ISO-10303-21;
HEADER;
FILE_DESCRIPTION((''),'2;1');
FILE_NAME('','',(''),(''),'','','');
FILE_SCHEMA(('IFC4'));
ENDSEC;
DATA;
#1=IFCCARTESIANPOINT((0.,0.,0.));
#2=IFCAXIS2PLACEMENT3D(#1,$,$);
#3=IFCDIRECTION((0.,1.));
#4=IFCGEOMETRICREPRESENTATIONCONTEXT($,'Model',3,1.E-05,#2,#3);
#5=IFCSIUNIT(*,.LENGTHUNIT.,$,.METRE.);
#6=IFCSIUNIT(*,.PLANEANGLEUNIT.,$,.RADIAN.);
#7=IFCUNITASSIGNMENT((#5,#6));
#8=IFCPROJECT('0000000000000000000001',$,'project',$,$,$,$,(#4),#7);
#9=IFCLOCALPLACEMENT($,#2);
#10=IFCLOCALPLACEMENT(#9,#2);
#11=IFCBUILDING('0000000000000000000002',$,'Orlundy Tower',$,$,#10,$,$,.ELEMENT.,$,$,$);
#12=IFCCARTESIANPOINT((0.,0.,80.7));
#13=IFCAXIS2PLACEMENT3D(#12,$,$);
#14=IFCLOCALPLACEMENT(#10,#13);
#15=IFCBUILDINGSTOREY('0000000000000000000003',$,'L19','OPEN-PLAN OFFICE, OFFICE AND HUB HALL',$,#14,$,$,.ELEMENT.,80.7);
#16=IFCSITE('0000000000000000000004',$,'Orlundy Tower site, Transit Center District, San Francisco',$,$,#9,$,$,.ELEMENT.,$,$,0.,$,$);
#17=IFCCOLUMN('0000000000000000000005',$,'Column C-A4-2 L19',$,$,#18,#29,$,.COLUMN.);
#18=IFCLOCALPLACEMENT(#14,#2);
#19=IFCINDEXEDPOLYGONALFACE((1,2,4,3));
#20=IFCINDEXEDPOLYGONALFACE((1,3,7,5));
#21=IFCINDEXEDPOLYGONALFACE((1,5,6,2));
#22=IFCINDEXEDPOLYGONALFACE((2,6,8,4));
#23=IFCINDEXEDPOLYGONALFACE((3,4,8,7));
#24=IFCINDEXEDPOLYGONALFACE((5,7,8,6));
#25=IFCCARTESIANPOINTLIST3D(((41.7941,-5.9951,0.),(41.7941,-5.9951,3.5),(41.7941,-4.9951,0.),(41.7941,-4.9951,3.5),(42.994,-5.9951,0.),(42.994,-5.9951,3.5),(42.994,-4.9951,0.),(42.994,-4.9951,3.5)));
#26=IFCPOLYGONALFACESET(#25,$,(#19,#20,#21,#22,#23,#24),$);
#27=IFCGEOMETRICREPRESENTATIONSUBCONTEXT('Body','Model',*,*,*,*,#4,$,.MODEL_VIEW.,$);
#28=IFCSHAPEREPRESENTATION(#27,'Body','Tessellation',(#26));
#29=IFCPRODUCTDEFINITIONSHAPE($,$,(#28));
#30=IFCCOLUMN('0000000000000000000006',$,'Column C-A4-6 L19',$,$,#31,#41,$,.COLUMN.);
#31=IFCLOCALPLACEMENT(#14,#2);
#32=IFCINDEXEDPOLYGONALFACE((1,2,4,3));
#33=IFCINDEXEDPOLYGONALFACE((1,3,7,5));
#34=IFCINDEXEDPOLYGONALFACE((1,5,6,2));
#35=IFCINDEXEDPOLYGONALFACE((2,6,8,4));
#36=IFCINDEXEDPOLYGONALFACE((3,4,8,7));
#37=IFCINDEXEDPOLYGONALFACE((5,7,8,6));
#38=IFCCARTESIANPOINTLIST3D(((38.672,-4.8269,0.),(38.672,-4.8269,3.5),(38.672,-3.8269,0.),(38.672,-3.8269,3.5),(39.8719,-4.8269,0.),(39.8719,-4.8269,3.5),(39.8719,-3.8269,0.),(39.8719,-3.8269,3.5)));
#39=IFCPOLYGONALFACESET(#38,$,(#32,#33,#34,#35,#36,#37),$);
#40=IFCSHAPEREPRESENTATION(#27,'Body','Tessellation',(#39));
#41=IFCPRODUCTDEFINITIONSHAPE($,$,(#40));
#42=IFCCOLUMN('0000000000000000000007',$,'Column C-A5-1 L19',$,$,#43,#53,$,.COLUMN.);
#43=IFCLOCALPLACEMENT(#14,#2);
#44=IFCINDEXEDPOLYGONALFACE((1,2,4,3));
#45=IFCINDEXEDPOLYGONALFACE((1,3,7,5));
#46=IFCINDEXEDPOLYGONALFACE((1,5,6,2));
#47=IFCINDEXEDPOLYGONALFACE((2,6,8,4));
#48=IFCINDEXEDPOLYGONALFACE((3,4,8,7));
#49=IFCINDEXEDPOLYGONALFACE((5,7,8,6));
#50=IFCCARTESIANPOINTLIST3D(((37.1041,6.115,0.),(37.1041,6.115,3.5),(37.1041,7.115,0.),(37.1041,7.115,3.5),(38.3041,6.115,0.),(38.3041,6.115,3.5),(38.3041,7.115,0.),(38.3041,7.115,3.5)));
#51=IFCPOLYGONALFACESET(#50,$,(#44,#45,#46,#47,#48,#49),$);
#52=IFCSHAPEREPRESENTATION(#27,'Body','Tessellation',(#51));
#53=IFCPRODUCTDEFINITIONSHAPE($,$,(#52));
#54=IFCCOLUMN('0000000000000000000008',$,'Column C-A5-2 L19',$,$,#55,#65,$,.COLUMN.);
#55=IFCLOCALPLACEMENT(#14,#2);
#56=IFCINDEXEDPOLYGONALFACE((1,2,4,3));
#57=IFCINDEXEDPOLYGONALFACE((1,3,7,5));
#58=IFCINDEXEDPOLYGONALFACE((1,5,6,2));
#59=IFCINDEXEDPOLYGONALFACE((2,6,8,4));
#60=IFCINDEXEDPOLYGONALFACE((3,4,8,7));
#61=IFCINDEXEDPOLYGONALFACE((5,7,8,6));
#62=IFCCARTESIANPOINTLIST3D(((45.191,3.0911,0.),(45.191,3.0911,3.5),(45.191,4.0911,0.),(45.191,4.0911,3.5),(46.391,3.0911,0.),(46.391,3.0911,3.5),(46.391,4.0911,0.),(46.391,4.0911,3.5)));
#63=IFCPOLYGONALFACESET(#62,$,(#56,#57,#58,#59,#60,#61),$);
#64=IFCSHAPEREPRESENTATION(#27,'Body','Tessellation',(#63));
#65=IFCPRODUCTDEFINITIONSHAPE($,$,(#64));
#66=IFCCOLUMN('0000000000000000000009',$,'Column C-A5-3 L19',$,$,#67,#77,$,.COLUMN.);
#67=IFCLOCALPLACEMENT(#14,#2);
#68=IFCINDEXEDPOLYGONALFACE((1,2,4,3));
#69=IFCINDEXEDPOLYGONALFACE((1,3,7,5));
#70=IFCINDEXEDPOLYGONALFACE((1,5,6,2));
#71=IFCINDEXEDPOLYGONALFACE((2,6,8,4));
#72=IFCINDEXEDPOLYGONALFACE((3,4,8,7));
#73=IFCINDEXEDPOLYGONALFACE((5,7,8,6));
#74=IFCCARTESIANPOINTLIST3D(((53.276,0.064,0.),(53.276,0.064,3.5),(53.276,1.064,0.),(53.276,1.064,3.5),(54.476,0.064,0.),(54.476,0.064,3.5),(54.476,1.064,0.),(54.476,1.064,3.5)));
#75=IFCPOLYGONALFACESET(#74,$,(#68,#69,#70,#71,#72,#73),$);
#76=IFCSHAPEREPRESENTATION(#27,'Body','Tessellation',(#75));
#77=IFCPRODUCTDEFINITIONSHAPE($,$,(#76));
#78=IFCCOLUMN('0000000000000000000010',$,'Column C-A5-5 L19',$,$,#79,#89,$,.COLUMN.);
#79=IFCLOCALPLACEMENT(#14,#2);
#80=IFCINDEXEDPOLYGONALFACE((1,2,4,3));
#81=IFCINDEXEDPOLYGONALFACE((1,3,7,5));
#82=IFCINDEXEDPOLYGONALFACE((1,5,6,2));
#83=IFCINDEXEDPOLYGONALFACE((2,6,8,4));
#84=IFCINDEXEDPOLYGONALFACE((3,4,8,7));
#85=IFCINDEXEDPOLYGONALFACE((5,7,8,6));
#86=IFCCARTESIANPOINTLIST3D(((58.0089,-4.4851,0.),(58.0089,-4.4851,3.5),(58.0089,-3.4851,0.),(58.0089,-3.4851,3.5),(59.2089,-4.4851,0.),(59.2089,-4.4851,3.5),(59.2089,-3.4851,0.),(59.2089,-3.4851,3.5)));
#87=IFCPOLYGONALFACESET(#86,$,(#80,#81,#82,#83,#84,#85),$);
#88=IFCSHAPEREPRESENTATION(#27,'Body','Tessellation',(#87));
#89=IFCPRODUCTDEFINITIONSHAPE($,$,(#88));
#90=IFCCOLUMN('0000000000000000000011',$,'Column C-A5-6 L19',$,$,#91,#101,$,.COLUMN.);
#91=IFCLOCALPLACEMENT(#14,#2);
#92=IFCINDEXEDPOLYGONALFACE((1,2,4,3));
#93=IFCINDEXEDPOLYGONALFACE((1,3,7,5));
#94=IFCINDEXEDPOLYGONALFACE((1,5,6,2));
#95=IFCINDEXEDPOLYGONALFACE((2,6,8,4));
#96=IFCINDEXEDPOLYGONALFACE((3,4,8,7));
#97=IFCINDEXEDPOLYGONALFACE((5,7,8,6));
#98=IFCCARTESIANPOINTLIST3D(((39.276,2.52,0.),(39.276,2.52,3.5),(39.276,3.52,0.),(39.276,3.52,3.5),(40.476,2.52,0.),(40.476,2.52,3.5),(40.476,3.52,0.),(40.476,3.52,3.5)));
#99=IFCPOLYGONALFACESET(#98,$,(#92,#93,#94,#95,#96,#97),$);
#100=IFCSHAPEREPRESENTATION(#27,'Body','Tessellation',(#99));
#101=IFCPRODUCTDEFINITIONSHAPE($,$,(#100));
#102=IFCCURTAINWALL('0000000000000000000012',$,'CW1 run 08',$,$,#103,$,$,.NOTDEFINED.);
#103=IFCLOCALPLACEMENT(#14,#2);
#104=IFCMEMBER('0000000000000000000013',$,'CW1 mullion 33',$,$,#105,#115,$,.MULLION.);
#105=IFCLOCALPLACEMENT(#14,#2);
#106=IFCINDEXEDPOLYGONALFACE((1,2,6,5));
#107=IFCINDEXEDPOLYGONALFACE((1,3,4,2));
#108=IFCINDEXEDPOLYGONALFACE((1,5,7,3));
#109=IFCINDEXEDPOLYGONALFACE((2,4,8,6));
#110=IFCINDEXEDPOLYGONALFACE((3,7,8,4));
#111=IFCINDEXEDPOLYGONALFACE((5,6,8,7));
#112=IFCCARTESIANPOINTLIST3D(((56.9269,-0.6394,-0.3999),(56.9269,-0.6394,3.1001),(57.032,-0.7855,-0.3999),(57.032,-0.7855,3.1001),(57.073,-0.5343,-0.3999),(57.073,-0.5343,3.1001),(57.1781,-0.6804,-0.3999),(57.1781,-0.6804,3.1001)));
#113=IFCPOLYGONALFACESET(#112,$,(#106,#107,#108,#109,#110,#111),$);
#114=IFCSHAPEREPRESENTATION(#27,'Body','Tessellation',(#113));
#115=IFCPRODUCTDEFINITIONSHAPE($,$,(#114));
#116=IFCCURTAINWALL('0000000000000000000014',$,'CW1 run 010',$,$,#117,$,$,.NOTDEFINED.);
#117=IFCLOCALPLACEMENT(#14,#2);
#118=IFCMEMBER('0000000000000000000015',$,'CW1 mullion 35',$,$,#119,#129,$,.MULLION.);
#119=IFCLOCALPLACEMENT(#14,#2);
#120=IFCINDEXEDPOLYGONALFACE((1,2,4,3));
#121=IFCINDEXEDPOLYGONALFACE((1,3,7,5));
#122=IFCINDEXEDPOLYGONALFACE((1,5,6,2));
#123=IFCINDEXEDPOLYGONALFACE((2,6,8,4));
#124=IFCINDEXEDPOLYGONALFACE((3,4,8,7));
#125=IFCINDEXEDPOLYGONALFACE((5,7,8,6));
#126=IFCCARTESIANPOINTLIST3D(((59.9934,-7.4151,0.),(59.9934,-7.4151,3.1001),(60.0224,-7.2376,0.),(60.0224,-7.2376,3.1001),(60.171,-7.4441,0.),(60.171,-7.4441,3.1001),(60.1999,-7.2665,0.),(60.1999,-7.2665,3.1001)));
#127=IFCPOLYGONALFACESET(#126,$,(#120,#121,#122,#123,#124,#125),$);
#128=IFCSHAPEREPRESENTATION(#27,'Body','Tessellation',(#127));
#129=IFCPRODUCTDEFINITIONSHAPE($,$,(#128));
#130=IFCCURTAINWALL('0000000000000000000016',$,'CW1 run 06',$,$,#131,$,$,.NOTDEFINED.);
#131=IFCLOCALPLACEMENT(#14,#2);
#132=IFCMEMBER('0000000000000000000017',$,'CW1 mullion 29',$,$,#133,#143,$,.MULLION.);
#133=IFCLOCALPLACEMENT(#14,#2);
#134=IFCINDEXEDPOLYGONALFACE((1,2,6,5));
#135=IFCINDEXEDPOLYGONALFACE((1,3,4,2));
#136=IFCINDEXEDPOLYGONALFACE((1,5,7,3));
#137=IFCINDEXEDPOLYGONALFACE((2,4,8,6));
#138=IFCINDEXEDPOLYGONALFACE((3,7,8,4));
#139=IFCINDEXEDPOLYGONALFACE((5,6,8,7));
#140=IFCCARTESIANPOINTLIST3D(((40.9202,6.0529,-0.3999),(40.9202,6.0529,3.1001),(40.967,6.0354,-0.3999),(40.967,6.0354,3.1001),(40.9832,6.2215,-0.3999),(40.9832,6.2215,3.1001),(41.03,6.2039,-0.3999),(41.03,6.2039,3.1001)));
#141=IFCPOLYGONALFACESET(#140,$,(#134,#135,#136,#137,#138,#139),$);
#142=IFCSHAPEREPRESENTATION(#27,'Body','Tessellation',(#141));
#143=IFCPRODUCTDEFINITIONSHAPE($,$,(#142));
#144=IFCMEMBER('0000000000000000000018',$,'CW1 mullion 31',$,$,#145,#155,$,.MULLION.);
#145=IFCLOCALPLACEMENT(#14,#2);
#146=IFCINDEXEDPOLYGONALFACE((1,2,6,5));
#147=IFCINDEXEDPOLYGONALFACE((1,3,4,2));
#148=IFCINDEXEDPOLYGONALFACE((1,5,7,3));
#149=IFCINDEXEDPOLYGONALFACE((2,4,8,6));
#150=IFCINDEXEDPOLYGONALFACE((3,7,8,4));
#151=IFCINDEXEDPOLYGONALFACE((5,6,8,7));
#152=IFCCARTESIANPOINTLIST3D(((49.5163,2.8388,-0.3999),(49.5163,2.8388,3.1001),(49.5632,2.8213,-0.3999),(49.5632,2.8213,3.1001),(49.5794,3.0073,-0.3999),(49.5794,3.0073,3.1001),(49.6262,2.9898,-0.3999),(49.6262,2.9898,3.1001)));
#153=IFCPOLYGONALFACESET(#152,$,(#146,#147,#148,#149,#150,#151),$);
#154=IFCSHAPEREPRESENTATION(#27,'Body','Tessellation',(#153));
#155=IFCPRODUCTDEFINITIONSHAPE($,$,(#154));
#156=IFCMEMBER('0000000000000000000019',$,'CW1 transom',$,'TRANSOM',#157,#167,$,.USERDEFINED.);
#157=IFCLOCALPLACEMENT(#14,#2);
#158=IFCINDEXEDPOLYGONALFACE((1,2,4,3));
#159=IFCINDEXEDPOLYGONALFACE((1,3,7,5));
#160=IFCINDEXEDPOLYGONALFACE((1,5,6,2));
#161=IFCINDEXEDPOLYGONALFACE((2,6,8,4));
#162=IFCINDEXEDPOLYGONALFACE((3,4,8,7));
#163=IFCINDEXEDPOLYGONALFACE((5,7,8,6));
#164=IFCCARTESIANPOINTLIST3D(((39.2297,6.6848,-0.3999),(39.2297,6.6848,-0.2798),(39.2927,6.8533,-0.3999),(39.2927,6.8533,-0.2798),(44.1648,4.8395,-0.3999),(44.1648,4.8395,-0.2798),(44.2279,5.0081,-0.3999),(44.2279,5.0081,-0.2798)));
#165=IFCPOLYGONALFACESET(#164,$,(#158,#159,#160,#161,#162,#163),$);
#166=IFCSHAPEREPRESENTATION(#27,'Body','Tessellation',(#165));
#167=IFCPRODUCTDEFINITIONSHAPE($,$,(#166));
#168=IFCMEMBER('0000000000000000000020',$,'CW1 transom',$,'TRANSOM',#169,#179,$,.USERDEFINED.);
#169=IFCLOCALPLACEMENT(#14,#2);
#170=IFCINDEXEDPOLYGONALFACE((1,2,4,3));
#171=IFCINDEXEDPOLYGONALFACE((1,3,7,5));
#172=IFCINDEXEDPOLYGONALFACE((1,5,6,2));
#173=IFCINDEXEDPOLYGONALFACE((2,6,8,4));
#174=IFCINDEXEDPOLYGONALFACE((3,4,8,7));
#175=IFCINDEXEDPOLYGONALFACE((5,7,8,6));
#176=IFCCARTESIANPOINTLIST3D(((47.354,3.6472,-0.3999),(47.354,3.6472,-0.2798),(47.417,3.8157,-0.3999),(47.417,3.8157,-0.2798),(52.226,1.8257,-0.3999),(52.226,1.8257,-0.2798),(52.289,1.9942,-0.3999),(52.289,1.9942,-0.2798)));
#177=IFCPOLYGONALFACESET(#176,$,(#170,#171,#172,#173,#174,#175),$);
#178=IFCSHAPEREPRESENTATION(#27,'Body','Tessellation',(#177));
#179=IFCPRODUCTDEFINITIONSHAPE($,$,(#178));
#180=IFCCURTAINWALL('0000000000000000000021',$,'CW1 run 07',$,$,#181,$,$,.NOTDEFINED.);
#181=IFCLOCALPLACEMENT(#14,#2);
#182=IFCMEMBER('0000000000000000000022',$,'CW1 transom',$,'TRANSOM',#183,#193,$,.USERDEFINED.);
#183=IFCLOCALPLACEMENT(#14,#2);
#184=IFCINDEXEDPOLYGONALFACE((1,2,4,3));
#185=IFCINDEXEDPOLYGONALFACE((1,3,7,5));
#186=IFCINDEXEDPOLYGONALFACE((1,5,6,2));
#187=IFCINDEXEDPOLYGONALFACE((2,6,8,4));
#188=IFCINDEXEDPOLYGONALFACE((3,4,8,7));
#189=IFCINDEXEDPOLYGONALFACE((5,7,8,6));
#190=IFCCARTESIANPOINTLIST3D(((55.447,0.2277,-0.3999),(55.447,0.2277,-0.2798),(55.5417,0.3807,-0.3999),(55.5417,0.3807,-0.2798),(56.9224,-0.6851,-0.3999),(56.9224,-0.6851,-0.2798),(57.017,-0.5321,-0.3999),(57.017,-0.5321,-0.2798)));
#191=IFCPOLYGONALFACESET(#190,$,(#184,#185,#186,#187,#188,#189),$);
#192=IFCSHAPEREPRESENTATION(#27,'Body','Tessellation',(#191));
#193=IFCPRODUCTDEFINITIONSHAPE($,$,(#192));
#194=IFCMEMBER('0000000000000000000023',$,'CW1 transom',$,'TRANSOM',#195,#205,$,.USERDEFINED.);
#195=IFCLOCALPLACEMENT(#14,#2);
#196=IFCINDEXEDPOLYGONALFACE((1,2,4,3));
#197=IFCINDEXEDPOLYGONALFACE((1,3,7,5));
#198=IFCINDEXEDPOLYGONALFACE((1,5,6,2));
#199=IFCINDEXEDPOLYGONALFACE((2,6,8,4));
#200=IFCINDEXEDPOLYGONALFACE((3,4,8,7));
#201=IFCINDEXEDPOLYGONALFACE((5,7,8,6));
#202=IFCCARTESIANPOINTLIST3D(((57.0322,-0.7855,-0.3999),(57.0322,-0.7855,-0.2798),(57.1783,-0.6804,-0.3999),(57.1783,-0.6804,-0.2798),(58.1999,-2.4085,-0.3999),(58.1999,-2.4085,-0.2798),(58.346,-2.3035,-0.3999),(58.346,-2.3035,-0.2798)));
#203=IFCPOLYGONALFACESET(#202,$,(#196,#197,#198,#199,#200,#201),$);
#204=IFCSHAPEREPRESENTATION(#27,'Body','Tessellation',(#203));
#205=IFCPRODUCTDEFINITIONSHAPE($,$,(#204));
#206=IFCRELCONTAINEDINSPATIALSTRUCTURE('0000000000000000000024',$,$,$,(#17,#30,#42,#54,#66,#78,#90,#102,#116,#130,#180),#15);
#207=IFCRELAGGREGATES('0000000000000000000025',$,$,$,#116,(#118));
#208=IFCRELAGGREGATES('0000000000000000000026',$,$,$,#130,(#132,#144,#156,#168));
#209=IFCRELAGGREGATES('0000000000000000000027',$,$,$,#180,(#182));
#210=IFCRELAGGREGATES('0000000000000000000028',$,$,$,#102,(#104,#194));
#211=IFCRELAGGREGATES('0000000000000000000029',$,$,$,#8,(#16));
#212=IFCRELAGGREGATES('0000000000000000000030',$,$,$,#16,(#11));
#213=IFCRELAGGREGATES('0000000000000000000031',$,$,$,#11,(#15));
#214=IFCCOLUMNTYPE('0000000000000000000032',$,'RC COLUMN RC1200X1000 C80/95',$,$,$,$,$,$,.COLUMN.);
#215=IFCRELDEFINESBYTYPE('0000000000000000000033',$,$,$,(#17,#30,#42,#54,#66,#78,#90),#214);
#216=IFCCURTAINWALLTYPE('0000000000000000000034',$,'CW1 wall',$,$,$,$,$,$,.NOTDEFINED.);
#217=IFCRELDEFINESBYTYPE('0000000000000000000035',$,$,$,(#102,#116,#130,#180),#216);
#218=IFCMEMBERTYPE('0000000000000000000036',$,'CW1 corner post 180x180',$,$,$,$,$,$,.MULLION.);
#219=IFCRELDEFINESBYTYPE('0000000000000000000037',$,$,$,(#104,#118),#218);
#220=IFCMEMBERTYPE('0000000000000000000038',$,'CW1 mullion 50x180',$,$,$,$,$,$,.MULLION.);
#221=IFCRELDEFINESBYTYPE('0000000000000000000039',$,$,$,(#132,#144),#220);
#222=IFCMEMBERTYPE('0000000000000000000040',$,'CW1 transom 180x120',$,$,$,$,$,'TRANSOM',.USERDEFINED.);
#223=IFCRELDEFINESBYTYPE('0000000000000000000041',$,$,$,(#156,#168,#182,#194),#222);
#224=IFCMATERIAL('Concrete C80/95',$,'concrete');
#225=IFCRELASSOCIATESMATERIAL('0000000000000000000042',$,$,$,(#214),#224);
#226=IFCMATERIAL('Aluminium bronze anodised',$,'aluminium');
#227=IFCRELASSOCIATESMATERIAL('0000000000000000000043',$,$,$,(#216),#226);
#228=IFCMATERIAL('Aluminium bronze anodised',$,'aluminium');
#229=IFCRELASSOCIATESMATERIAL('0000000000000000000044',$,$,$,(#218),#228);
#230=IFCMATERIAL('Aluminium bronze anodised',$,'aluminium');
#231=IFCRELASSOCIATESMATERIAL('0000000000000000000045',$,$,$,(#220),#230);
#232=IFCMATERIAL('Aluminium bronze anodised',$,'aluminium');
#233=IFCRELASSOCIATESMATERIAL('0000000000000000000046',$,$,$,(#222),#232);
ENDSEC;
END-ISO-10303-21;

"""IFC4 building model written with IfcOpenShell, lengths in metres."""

from ifc_helpers import new_model, si_unit, direction, frame, origin, origin_2d, place, context, subcontext, project, spatial, rectangle, extrude, material, material_profile, profile_set, type_object, element, aggregate, save


model = new_model("IFC4")

# Units and contexts
model_context = context("Model", 3, precision=1e-05, world=origin(), true_north=direction((0.0, 1.0)))
body_context = subcontext(model_context, "Body", "Model", "MODEL_VIEW")
ifc_project = project(units=[si_unit("LENGTHUNIT", "METRE"), si_unit("PLANEANGLEUNIT", "RADIAN")], contexts=[model_context])

# Site, building, storey
site_placement = place(None, origin())
site = spatial("IfcSite", under=ifc_project, at=site_placement, Name="Orlundy Tower site, Transit Center District, San Francisco", CompositionType="ELEMENT", RefElevation=0.0)
building_placement = place(site_placement, origin())
building = spatial("IfcBuilding", under=site, at=building_placement, Name="Orlundy Tower", CompositionType="ELEMENT")
storey_placement = place(building_placement, frame((0.0, 0.0, 80.7)))
storey = spatial("IfcBuildingStorey", under=building, at=storey_placement, Name="L19", Description="OPEN-PLAN OFFICE, OFFICE AND HUB HALL", CompositionType="ELEMENT", Elevation=80.7)

# Columns
ifc_material_1 = material(Name="Concrete C80/95", Category="concrete")
ifc_material_profile_1 = material_profile(ifc_material_1, rectangle(XDim=1.2, YDim=1.0, at=origin_2d()), Name="RC1200X1000")
ifc_profile_set_1 = profile_set([ifc_material_profile_1], Name="Concrete C80/95")
column_type = type_object("IfcColumnType", Name="RC COLUMN RC1200X1000 C80/95", PredefinedType="COLUMN", material=ifc_profile_set_1)
for number, where, z_axis, x_axis, name in (
    (1, (42.394, -5.4951, 0.0), (0.0, 0.0, 1.0), (1.0, 0.0, 0.0), "Column C-A4-2 L19"),
    (2, (39.272, -4.3269, 0.0), (0.0, 0.0, 1.0), (1.0, 0.0, 0.0), "Column C-A4-6 L19"),
    (3, (37.7041, 6.615, 0.0), (0.0, 0.0, 1.0), (1.0, 0.0, 0.0), "Column C-A5-1 L19"),
    (4, (45.791, 3.5911, 0.0), (0.0, 0.0, 1.0), (1.0, 0.0, 0.0), "Column C-A5-2 L19"),
    (5, (53.876, 0.564, 0.0), (0.0, 0.0, 1.0), (1.0, 0.0, 0.0), "Column C-A5-3 L19"),
    (6, (58.6089, -3.9851, 0.0), (0.0, 0.0, 1.0), (1.0, 0.0, 0.0), "Column C-A5-5 L19"),
    (7, (39.876, 3.02, 0.0), (0.0, 0.0, 1.0), (1.0, 0.0, 0.0), "Column C-A5-6 L19"),
):
    element("IfcColumn", number, at=place(storey_placement, frame(where, z_axis=z_axis, x_axis=x_axis)), inside=storey, type_object=column_type, Name=name, PredefinedType="COLUMN", context=body_context, shape_type="SweptSolid", body=[
        extrude(rectangle(XDim=1.2, YDim=1.0, at=origin_2d()), origin(), (0.0, 0.0, 1.0), 3.5),
    ])

# Curtain walls, members
ifc_material_2 = material(Name="Aluminium bronze anodised", Category="aluminium")
curtain_wall_type = type_object("IfcCurtainWallType", Name="CW1 wall", PredefinedType="NOTDEFINED", material=ifc_material_2)
curtain_wall_1_placement = place(storey_placement, origin())
curtain_wall_1 = element("IfcCurtainWall", 8, at=curtain_wall_1_placement, inside=storey, type_object=curtain_wall_type, Name="CW1 run 08", PredefinedType="NOTDEFINED")
ifc_material_3 = material(Name="Aluminium bronze anodised", Category="aluminium")
ifc_material_profile_2 = material_profile(ifc_material_3, rectangle(XDim=0.1799, YDim=0.1799, at=origin_2d()), Name="CW1 corner post 180x180")
ifc_profile_set_2 = profile_set([ifc_material_profile_2], Name="Aluminium bronze anodised")
member_type_1 = type_object("IfcMemberType", Name="CW1 corner post 180x180", PredefinedType="MULLION", material=ifc_profile_set_2)
member_1_placement = place(storey_placement, frame((57.0525, -0.6599, -0.3999), z_axis=(0.0, 0.0, 1.0), x_axis=(0.811724, 0.584042, 0.0)))
member_1 = element("IfcMember", 9, at=member_1_placement, type_object=member_type_1, Name="CW1 mullion 33", PredefinedType="MULLION", context=body_context, shape_type="SweptSolid", body=[
    extrude(rectangle(XDim=0.1799, YDim=0.1799, at=origin_2d()), origin(), (0.0, 0.0, 1.0), 3.5),
])
curtain_wall_2_placement = place(storey_placement, origin())
curtain_wall_2 = element("IfcCurtainWall", 10, at=curtain_wall_2_placement, inside=storey, type_object=curtain_wall_type, Name="CW1 run 010", PredefinedType="NOTDEFINED")
member_2_placement = place(storey_placement, frame((60.0967, -7.3408, 0.0), z_axis=(0.0, 0.0, 1.0), x_axis=(0.986985, -0.16081, 0.0)))
member_2 = element("IfcMember", 11, at=member_2_placement, type_object=member_type_1, Name="CW1 mullion 35", PredefinedType="MULLION", context=body_context, shape_type="SweptSolid", body=[
    extrude(rectangle(XDim=0.1799, YDim=0.1799, at=origin_2d()), origin(), (0.0, 0.0, 1.0), 3.1001),
])

# Curtain wall, members
curtain_wall_3_placement = place(storey_placement, origin())
curtain_wall_3 = element("IfcCurtainWall", 12, at=curtain_wall_3_placement, inside=storey, type_object=curtain_wall_type, Name="CW1 run 06", PredefinedType="NOTDEFINED")
ifc_material_4 = material(Name="Aluminium bronze anodised", Category="aluminium")
ifc_material_profile_3 = material_profile(ifc_material_4, rectangle(XDim=0.1799, YDim=0.05, at=origin_2d()), Name="CW1 mullion 50x180")
ifc_profile_set_3 = profile_set([ifc_material_profile_3], Name="Aluminium bronze anodised")
member_type_2 = type_object("IfcMemberType", Name="CW1 mullion 50x180", PredefinedType="MULLION", material=ifc_profile_set_3)
member_3_placement = place(storey_placement, frame((40.9751, 6.1284, -0.3999), z_axis=(0.0, 0.0, 1.0), x_axis=(0.350204, 0.936674, 0.0)))
member_3 = element("IfcMember", 13, at=member_3_placement, type_object=member_type_2, Name="CW1 mullion 29", PredefinedType="MULLION", context=body_context, shape_type="SweptSolid", body=[
    extrude(rectangle(XDim=0.1799, YDim=0.05, at=origin_2d()), origin(), (0.0, 0.0, 1.0), 3.5),
])
member_4_placement = place(storey_placement, frame((49.5713, 2.9143, -0.3999), z_axis=(0.0, 0.0, 1.0), x_axis=(0.350204, 0.936674, 0.0)))
member_4 = element("IfcMember", 14, at=member_4_placement, type_object=member_type_2, Name="CW1 mullion 31", PredefinedType="MULLION", context=body_context, shape_type="SweptSolid", body=[
    extrude(rectangle(XDim=0.1799, YDim=0.05, at=origin_2d()), origin(), (0.0, 0.0, 1.0), 3.5),
])
ifc_material_5 = material(Name="Aluminium bronze anodised", Category="aluminium")
ifc_material_profile_4 = material_profile(ifc_material_5, rectangle(XDim=0.1799, YDim=0.1201, at=origin_2d()), Name="CW1 transom 180x120")
ifc_profile_set_4 = profile_set([ifc_material_profile_4], Name="Aluminium bronze anodised")
member_type_3 = type_object("IfcMemberType", Name="CW1 transom 180x120", ElementType="TRANSOM", PredefinedType="USERDEFINED", material=ifc_profile_set_4)
member_5_placement = place(storey_placement, frame((39.2612, 6.769, -0.3398), z_axis=(0.936668, -0.350219, 0.0), x_axis=(0.350219, 0.936668, 0.0)))
member_5 = element("IfcMember", 15, at=member_5_placement, type_object=member_type_3, Name="CW1 transom", ObjectType="TRANSOM", PredefinedType="USERDEFINED", context=body_context, shape_type="SweptSolid", body=[
    extrude(rectangle(XDim=0.1799, YDim=0.1201, at=origin_2d()), origin(), (0.0, 0.0, 1.0), 5.2688),
])
member_6_placement = place(storey_placement, frame((47.3855, 3.7314, -0.3398), z_axis=(0.936676, -0.350197, 0.0), x_axis=(0.350197, 0.936676, 0.0)))
member_6 = element("IfcMember", 16, at=member_6_placement, type_object=member_type_3, Name="CW1 transom", ObjectType="TRANSOM", PredefinedType="USERDEFINED", context=body_context, shape_type="SweptSolid", body=[
    extrude(rectangle(XDim=0.1799, YDim=0.1201, at=origin_2d()), origin(), (0.0, 0.0, 1.0), 5.2014),
])

# Curtain wall, member
curtain_wall_4_placement = place(storey_placement, origin())
curtain_wall_4 = element("IfcCurtainWall", 17, at=curtain_wall_4_placement, inside=storey, type_object=curtain_wall_type, Name="CW1 run 07", PredefinedType="NOTDEFINED")
member_7_placement = place(storey_placement, frame((55.4944, 0.3042, -0.3398), z_axis=(0.850385, -0.526161, 0.0), x_axis=(0.526161, 0.850385, 0.0)))
member_7 = element("IfcMember", 18, at=member_7_placement, type_object=member_type_3, Name="CW1 transom", ObjectType="TRANSOM", PredefinedType="USERDEFINED", context=body_context, shape_type="SweptSolid", body=[
    extrude(rectangle(XDim=0.1799, YDim=0.1201, at=origin_2d()), origin(), (0.0, 0.0, 1.0), 1.7349),
])

# Member
member_8_placement = place(storey_placement, frame((57.1052, -0.7329, -0.3398), z_axis=(0.584018, -0.81174, 0.0), x_axis=(0.81174, 0.584018, 0.0)))
member_8 = element("IfcMember", 19, at=member_8_placement, type_object=member_type_3, Name="CW1 transom", ObjectType="TRANSOM", PredefinedType="USERDEFINED", context=body_context, shape_type="SweptSolid", body=[
    extrude(rectangle(XDim=0.1799, YDim=0.1201, at=origin_2d()), origin(), (0.0, 0.0, 1.0), 1.9995),
])

aggregate(curtain_wall_2, [member_2])

aggregate(curtain_wall_3, [member_3, member_4, member_5, member_6])
aggregate(curtain_wall_4, [member_7])
aggregate(curtain_wall_1, [member_1, member_8])

save(model, "model.ifc")
